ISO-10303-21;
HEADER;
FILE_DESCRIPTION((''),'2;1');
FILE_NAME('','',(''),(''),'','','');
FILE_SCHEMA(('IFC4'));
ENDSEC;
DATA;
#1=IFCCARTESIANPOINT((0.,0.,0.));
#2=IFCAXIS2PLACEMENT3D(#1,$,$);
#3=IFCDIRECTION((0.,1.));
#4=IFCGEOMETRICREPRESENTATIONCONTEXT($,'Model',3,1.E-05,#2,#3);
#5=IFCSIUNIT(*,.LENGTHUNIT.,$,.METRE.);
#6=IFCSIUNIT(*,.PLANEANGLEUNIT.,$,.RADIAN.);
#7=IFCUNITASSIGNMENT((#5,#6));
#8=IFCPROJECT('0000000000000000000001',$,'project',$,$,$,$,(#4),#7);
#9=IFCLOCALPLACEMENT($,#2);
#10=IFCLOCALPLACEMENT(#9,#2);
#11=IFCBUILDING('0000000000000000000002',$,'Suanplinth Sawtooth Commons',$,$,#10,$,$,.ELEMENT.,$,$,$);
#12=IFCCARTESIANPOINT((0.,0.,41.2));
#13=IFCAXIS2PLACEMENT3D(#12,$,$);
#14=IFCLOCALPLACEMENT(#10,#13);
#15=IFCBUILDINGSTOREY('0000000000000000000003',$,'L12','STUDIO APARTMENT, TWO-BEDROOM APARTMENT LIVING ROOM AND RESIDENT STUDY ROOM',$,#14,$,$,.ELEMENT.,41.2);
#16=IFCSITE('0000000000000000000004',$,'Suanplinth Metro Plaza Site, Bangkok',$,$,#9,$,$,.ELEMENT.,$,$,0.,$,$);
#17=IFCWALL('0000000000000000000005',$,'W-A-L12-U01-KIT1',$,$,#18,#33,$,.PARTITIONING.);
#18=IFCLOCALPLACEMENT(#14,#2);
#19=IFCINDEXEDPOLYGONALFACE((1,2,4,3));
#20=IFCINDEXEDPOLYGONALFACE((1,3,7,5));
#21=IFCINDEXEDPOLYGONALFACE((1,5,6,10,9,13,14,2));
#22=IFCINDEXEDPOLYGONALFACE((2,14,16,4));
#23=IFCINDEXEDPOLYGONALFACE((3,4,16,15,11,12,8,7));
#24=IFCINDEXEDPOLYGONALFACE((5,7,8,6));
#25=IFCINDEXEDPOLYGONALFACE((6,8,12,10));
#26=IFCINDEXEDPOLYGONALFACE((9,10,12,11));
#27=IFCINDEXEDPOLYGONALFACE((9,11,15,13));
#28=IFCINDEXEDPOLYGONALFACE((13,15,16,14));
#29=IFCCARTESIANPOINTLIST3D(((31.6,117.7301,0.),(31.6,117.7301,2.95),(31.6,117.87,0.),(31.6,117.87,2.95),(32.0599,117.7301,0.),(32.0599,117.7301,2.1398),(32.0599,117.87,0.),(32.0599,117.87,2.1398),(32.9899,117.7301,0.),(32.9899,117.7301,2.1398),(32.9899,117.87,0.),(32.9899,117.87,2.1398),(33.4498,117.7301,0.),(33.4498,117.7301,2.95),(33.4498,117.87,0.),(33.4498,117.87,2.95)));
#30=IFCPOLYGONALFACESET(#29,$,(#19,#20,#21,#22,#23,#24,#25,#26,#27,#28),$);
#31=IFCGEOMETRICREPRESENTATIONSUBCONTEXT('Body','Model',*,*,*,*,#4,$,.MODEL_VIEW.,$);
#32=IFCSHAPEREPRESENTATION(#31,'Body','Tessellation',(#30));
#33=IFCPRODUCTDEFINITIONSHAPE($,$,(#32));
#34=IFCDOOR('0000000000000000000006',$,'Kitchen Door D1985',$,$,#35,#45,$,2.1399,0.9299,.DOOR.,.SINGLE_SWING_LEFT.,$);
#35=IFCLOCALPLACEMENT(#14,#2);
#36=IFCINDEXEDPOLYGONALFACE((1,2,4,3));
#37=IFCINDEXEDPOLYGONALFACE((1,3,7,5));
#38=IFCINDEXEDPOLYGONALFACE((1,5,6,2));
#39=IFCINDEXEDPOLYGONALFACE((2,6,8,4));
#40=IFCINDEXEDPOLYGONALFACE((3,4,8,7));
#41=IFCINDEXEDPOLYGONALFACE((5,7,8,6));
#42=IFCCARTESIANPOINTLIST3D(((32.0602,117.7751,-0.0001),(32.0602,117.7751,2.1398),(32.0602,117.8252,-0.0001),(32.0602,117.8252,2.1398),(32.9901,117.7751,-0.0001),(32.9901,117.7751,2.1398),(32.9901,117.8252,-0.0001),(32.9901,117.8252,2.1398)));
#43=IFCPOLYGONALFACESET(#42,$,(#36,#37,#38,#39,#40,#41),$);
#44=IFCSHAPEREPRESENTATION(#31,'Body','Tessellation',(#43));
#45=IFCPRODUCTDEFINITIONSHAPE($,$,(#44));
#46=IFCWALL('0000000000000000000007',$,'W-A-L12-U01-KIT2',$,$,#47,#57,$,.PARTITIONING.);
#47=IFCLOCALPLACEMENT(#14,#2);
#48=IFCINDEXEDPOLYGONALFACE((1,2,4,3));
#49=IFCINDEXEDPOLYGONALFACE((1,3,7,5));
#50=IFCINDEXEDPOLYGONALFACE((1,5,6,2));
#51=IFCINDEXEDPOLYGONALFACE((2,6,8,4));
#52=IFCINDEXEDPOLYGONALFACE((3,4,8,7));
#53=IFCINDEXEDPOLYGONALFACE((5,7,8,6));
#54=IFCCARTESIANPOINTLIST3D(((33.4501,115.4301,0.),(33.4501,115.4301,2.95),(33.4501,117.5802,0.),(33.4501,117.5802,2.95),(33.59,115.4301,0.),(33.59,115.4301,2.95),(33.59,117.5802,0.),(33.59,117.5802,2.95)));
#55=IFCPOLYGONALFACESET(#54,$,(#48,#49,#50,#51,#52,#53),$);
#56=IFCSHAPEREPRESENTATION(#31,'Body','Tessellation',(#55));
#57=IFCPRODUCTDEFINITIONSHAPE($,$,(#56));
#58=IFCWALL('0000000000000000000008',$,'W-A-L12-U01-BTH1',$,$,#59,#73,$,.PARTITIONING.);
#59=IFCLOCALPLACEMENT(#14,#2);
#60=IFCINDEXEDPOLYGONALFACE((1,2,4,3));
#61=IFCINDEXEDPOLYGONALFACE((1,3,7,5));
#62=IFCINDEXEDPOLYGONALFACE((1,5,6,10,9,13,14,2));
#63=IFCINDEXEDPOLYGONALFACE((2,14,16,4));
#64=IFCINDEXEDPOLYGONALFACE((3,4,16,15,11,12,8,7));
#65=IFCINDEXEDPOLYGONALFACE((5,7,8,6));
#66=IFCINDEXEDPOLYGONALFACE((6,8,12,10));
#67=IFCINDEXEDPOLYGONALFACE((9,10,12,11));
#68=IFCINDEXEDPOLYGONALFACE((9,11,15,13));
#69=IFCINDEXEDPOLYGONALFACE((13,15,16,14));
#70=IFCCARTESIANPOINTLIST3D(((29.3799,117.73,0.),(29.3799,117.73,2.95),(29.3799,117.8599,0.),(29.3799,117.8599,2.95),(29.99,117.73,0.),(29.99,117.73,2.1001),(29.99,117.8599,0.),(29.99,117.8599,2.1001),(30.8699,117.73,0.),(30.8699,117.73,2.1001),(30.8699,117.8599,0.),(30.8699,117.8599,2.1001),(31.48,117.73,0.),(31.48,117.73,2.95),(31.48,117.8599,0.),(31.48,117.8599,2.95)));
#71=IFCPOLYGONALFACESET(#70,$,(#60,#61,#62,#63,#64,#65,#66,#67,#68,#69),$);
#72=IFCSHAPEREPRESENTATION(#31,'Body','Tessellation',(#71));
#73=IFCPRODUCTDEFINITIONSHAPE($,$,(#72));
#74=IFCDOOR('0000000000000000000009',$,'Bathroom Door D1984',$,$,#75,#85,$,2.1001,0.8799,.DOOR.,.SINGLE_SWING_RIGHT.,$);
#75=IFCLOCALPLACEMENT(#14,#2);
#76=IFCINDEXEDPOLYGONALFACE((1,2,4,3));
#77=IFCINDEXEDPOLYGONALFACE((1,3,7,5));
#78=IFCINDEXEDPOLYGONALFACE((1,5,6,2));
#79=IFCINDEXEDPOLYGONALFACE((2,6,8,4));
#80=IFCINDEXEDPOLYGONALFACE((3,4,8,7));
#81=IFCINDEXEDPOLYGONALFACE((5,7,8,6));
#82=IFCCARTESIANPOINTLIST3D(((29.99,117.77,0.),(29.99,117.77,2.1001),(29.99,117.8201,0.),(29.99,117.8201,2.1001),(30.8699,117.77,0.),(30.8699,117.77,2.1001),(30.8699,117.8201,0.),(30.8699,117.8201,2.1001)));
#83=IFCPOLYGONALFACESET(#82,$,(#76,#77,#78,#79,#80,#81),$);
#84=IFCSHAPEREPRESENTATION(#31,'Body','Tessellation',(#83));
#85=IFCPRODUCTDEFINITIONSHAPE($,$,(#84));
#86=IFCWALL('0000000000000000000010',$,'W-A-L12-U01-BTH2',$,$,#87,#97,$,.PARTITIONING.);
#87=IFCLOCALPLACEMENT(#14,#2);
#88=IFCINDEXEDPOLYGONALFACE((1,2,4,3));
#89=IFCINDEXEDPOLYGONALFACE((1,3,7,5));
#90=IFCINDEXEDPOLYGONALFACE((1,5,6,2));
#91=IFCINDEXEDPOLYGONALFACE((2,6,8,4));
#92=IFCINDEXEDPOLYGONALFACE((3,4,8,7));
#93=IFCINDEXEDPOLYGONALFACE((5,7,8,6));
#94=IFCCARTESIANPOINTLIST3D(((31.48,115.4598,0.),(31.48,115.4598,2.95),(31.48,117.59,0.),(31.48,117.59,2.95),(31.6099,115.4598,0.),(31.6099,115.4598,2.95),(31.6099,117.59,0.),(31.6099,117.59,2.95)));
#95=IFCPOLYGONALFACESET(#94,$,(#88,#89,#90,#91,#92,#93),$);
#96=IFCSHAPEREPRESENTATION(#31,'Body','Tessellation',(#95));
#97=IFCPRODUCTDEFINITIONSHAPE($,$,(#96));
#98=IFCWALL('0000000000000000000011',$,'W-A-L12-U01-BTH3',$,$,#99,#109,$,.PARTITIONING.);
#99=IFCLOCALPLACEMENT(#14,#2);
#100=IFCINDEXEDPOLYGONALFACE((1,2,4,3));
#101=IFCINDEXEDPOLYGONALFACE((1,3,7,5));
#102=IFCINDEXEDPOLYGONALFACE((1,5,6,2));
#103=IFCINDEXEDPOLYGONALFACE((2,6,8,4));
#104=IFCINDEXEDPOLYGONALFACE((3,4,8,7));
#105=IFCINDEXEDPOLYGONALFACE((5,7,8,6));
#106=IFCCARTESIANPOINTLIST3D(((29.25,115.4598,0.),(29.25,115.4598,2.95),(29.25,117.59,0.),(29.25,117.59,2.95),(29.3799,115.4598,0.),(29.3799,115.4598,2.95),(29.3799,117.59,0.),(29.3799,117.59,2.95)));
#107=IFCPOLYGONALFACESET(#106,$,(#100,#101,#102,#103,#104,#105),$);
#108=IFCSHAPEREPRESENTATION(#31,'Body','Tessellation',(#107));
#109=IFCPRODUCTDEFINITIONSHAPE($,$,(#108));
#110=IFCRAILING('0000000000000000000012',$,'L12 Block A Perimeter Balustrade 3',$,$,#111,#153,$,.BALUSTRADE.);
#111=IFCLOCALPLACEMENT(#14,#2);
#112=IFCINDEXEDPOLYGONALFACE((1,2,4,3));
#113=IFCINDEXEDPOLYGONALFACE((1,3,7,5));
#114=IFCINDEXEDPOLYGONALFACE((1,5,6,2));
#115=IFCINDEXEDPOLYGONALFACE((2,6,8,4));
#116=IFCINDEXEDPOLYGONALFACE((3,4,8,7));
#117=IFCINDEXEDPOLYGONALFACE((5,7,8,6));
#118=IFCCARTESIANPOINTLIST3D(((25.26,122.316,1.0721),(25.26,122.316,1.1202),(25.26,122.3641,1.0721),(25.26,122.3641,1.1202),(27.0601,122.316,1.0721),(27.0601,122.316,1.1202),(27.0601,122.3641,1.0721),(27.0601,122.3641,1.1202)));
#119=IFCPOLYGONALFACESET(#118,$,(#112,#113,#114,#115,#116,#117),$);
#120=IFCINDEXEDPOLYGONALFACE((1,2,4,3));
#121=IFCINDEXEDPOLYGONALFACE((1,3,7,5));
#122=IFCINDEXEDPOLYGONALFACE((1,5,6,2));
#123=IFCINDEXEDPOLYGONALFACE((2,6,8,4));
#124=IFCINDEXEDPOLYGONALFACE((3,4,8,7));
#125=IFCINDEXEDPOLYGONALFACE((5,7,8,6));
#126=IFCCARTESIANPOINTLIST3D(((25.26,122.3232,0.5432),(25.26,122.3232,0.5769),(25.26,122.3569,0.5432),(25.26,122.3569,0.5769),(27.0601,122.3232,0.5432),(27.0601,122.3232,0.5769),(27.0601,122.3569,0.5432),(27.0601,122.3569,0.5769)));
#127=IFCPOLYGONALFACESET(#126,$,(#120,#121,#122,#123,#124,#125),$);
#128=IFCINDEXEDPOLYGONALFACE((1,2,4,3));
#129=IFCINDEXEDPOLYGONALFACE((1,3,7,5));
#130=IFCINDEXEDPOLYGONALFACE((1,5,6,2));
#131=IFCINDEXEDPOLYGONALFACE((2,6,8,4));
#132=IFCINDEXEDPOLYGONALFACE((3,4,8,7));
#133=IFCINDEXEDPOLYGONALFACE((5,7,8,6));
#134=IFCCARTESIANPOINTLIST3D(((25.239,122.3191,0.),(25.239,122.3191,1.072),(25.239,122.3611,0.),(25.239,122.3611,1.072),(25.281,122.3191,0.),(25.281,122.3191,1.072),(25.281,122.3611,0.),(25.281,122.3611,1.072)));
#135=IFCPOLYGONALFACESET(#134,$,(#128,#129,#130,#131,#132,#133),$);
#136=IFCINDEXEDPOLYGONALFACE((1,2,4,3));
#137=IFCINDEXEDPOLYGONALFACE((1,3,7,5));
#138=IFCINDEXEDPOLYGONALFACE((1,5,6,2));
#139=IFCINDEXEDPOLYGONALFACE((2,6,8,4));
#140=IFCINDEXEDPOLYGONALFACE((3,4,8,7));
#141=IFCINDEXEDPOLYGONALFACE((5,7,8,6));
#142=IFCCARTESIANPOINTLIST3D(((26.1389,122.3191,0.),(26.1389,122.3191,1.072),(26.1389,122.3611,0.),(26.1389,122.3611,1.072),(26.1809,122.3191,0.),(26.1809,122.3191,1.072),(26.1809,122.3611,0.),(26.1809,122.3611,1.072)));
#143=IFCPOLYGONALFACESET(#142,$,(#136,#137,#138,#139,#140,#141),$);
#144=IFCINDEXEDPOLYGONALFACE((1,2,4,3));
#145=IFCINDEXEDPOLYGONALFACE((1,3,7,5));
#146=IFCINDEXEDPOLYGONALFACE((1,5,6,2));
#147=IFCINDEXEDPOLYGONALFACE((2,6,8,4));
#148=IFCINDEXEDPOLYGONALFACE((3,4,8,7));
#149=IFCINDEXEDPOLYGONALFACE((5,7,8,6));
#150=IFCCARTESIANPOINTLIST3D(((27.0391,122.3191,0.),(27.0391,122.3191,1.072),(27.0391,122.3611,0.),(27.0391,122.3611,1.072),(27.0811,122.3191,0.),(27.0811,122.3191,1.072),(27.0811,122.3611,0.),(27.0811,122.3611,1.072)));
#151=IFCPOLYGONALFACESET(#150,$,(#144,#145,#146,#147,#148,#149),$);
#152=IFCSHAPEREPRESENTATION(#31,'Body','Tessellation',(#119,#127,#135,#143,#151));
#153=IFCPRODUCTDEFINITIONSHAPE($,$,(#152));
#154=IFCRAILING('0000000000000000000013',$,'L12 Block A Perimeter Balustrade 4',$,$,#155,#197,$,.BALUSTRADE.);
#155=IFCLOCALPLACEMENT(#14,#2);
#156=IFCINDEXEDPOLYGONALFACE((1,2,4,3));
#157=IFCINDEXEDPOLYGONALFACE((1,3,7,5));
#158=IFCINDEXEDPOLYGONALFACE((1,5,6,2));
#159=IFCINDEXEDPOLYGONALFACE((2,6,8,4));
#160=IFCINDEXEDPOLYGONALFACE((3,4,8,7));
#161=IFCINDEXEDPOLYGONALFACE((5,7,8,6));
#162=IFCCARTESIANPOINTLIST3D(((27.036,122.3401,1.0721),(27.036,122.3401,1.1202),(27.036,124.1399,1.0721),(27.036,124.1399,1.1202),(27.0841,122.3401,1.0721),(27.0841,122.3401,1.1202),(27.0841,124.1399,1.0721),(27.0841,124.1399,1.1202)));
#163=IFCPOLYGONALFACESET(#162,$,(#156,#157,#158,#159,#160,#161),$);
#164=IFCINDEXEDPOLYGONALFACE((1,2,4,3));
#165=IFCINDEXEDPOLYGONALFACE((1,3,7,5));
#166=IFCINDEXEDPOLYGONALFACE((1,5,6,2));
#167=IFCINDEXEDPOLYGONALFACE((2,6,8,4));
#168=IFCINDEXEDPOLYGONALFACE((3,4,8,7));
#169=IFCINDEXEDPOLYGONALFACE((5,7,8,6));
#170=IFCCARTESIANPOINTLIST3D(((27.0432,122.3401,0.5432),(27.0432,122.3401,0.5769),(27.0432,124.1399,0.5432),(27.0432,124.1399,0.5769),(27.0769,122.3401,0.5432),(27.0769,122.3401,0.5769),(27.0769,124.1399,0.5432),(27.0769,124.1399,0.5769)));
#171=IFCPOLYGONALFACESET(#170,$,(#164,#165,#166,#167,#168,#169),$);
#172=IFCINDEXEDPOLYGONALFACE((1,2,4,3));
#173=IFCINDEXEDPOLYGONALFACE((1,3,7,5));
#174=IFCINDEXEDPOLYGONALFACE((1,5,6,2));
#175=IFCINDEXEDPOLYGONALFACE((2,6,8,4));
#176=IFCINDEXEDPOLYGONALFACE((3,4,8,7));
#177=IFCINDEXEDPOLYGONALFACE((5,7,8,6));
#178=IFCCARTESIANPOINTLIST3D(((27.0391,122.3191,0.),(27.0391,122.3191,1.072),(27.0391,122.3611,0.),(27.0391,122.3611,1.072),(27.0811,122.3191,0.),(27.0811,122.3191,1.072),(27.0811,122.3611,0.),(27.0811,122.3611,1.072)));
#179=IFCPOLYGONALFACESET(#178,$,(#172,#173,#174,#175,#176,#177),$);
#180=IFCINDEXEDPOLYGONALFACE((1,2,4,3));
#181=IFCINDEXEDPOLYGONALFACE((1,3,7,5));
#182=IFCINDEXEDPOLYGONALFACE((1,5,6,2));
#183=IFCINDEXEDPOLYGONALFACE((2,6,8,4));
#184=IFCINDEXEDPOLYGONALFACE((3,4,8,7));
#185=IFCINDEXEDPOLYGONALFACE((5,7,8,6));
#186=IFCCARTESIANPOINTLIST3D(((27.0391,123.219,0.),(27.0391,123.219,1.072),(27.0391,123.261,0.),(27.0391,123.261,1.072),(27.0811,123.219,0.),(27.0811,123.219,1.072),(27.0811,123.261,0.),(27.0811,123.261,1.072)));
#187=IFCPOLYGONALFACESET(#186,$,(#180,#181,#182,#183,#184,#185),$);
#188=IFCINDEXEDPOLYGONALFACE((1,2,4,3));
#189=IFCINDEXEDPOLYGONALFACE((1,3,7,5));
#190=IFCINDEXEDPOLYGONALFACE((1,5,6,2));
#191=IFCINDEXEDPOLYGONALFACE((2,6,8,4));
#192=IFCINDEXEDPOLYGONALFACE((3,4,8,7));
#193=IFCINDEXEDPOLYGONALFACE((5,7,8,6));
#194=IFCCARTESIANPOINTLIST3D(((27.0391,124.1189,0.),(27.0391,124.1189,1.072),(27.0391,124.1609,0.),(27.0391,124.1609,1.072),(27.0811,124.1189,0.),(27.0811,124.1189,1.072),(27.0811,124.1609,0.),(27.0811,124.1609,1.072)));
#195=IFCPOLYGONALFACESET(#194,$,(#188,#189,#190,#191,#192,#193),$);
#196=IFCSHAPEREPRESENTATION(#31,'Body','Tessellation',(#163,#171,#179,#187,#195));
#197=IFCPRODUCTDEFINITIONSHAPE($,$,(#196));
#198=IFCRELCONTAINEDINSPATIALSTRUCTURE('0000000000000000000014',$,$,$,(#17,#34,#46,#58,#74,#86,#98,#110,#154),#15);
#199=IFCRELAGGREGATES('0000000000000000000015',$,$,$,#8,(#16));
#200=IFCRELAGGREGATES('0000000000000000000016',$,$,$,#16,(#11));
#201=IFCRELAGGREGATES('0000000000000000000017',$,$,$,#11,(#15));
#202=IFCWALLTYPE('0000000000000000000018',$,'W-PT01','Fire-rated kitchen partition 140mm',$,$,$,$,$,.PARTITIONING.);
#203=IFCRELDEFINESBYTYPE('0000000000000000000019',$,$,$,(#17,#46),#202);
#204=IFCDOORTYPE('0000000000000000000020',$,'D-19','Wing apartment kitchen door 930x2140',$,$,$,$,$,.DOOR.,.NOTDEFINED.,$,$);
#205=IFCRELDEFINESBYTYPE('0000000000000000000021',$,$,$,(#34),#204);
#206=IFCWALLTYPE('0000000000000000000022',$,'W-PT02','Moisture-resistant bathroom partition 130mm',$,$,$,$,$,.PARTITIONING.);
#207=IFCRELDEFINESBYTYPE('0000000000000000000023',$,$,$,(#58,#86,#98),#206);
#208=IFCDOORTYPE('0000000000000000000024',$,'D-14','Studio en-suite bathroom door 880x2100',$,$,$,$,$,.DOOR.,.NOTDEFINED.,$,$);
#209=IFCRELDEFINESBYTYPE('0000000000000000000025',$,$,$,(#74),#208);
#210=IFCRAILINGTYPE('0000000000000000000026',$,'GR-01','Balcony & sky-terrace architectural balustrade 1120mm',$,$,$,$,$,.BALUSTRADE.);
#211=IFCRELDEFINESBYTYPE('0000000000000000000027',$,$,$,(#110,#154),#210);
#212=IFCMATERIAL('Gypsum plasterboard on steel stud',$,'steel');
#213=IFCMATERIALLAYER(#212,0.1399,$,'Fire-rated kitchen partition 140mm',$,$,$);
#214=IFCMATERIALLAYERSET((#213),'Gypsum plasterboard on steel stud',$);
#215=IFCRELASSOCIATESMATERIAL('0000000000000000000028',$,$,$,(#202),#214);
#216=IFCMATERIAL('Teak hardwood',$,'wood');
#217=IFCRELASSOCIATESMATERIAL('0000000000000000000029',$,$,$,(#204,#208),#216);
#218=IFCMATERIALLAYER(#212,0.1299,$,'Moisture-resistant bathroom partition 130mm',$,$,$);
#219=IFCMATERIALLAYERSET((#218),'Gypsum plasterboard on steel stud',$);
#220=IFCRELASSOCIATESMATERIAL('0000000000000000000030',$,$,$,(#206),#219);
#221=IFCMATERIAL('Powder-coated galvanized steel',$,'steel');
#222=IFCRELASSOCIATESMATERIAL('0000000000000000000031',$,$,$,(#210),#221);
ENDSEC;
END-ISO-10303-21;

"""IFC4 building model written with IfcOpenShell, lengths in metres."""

from ifc_helpers import new_model, si_unit, direction, frame, frame_2d, origin, origin_2d, place, context, subcontext, project, spatial, rectangle, extrude, material, layer, layer_set, type_object, element, fill, save


model = new_model("IFC4")

# Units and contexts
model_context = context("Model", 3, precision=1e-05, world=origin(), true_north=direction((0.0, 1.0)))
body_context = subcontext(model_context, "Body", "Model", "MODEL_VIEW")
ifc_project = project(units=[si_unit("LENGTHUNIT", "METRE"), si_unit("PLANEANGLEUNIT", "RADIAN")], contexts=[model_context])

# Site, building, storey
site_placement = place(None, origin())
site = spatial("IfcSite", under=ifc_project, at=site_placement, Name="Suanplinth Metro Plaza Site, Bangkok", CompositionType="ELEMENT", RefElevation=0.0)
building_placement = place(site_placement, origin())
building = spatial("IfcBuilding", under=site, at=building_placement, Name="Suanplinth Sawtooth Commons", CompositionType="ELEMENT")
storey_placement = place(building_placement, frame((0.0, 0.0, 41.2)))
storey = spatial("IfcBuildingStorey", under=building, at=storey_placement, Name="L12", Description="STUDIO APARTMENT, TWO-BEDROOM APARTMENT LIVING ROOM AND RESIDENT STUDY ROOM", CompositionType="ELEMENT", Elevation=41.2)

# Wall, opening, door
ifc_material_1 = material(Name="Gypsum plasterboard on steel stud", Category="steel")
ifc_layer_1 = layer(ifc_material_1, 0.1399, Name="Fire-rated kitchen partition 140mm")
ifc_layer_set_1 = layer_set([ifc_layer_1], Name="Gypsum plasterboard on steel stud")
wall_type_1 = type_object("IfcWallType", Name="W-PT01", Description="Fire-rated kitchen partition 140mm", PredefinedType="PARTITIONING", material=ifc_layer_set_1)
wall_1_placement = place(storey_placement, frame((31.6001, 117.8, 0.0), z_axis=(0.0, 0.0, 1.0), x_axis=(1.0, 0.0, 0.0)))
wall_1 = element("IfcWall", 1, at=wall_1_placement, inside=storey, type_object=wall_type_1, Name="W-A-L12-U01-KIT1", PredefinedType="PARTITIONING", context=body_context, shape_type="SweptSolid", body=[
    extrude(rectangle(XDim=1.8499, YDim=0.1399, at=frame_2d((0.9248, 0.0))), origin(), (0.0, 0.0, 1.0), 2.95),
])
opening_1_placement = place(wall_1_placement, frame((0.46, 0.0, 0.0)))
opening_1 = element("IfcOpeningElement", 2, at=opening_1_placement, cuts=wall_1, PredefinedType="OPENING", context=body_context, shape_type="SweptSolid", body=[
    extrude(rectangle(XDim=0.9299, YDim=2.1399, at=frame_2d((0.4648, 1.0698))), frame((0.0, 0.085, 0.0), z_axis=(0.0, -1.0, 0.0), x_axis=(1.0, 0.0, 0.0)), (0.0, 0.0, 1.0), 0.1697),
])
ifc_material_2 = material(Name="Teak hardwood", Category="wood")
door_type_1 = type_object("IfcDoorType", Name="D-19", Description="Wing apartment kitchen door 930x2140", OperationType="NOTDEFINED", PredefinedType="DOOR", material=ifc_material_2)
door_1_placement = place(opening_1_placement, frame((0.9299, 0.0, 0.0), z_axis=(0.0, 0.0, 1.0), x_axis=(-1.0, 0.0, 0.0)))
door_1 = element("IfcDoor", 3, at=door_1_placement, inside=storey, type_object=door_type_1, Name="Kitchen Door D1985", OperationType="SINGLE_SWING_LEFT", OverallHeight=2.1399, OverallWidth=0.9299, PredefinedType="DOOR", context=body_context, shape_type="SweptSolid", body=[
    extrude(rectangle(XDim=0.9299, YDim=2.1399, at=frame_2d((0.4648, 1.0698))), frame((0.0, 0.0249, 0.0), z_axis=(0.0, -1.0, 0.0), x_axis=(1.0, 0.0, 0.0)), (0.0, 0.0, 1.0), 0.05),
])
fill(opening_1, door_1)

# Wall
wall_2_placement = place(storey_placement, frame((33.52, 115.4299, 0.0), z_axis=(0.0, 0.0, 1.0), x_axis=(0.0, 1.0, 0.0)))
element("IfcWall", 4, at=wall_2_placement, inside=storey, type_object=wall_type_1, Name="W-A-L12-U01-KIT2", PredefinedType="PARTITIONING", context=body_context, shape_type="SweptSolid", body=[
    extrude(rectangle(XDim=2.1501, YDim=0.1399, at=frame_2d((1.0752, 0.0))), origin(), (0.0, 0.0, 1.0), 2.95),
])

# Wall, opening, door
ifc_layer_2 = layer(ifc_material_1, 0.1299, Name="Moisture-resistant bathroom partition 130mm")
ifc_layer_set_2 = layer_set([ifc_layer_2], Name="Gypsum plasterboard on steel stud")
wall_type_2 = type_object("IfcWallType", Name="W-PT02", Description="Moisture-resistant bathroom partition 130mm", PredefinedType="PARTITIONING", material=ifc_layer_set_2)
wall_3_placement = place(storey_placement, frame((29.3799, 117.7949, 0.0), z_axis=(0.0, 0.0, 1.0), x_axis=(1.0, 0.0, 0.0)))
wall_3 = element("IfcWall", 5, at=wall_3_placement, inside=storey, type_object=wall_type_2, Name="W-A-L12-U01-BTH1", PredefinedType="PARTITIONING", context=body_context, shape_type="SweptSolid", body=[
    extrude(rectangle(XDim=2.1001, YDim=0.1299, at=frame_2d((1.05, 0.0))), origin(), (0.0, 0.0, 1.0), 2.95),
])
opening_2_placement = place(wall_3_placement, frame((0.6101, 0.0, 0.0)))
opening_2 = element("IfcOpeningElement", 6, at=opening_2_placement, cuts=wall_3, PredefinedType="OPENING", context=body_context, shape_type="SweptSolid", body=[
    extrude(rectangle(XDim=0.8799, YDim=2.1001, at=frame_2d((0.4399, 1.05))), frame((0.0, 0.0798, 0.0), z_axis=(0.0, -1.0, 0.0), x_axis=(1.0, 0.0, 0.0)), (0.0, 0.0, 1.0), 0.1597),
])
door_type_2 = type_object("IfcDoorType", Name="D-14", Description="Studio en-suite bathroom door 880x2100", OperationType="NOTDEFINED", PredefinedType="DOOR", material=ifc_material_2)
door_2_placement = place(opening_2_placement, frame((0.8799, 0.0, 0.0), z_axis=(0.0, 0.0, 1.0), x_axis=(-1.0, 0.0, 0.0)))
door_2 = element("IfcDoor", 7, at=door_2_placement, inside=storey, type_object=door_type_2, Name="Bathroom Door D1984", OperationType="SINGLE_SWING_RIGHT", OverallHeight=2.1001, OverallWidth=0.8799, PredefinedType="DOOR", context=body_context, shape_type="SweptSolid", body=[
    extrude(rectangle(XDim=0.8799, YDim=2.1001, at=frame_2d((0.4399, 1.05))), frame((0.0, 0.0249, 0.0), z_axis=(0.0, -1.0, 0.0), x_axis=(1.0, 0.0, 0.0)), (0.0, 0.0, 1.0), 0.05),
])
fill(opening_2, door_2)

# Walls
for number, where, z_axis, x_axis, name in (
    (8, (31.5449, 115.46, 0.0), (0.0, 0.0, 1.0), (0.0, 1.0, 0.0), "W-A-L12-U01-BTH2"),
    (9, (29.3149, 115.46, 0.0), (0.0, 0.0, 1.0), (0.0, 1.0, 0.0), "W-A-L12-U01-BTH3"),
):
    element("IfcWall", number, at=place(storey_placement, frame(where, z_axis=z_axis, x_axis=x_axis)), inside=storey, type_object=wall_type_2, Name=name, PredefinedType="PARTITIONING", context=body_context, shape_type="SweptSolid", body=[
        extrude(rectangle(XDim=2.1301, YDim=0.1299, at=frame_2d((1.0649, 0.0))), origin(), (0.0, 0.0, 1.0), 2.95),
    ])

# Railings
ifc_material_3 = material(Name="Powder-coated galvanized steel", Category="steel")
railing_type = type_object("IfcRailingType", Name="GR-01", Description="Balcony & sky-terrace architectural balustrade 1120mm", PredefinedType="BALUSTRADE", material=ifc_material_3)
railing_1_placement = place(storey_placement, frame((25.26, 122.3401, 0.0)))
element("IfcRailing", 10, at=railing_1_placement, inside=storey, type_object=railing_type, Name="L12 Block A Perimeter Balustrade 3", PredefinedType="BALUSTRADE", context=body_context, shape_type="SweptSolid", body=[
    extrude(rectangle(XDim=0.0481, YDim=0.0481, at=origin_2d()), frame((0.0, 0.0, 1.0962), z_axis=(1.0, 0.0, 0.0), x_axis=(0.0, 1.0, 0.0)), (0.0, 0.0, 1.0), 1.8),
    extrude(rectangle(XDim=0.0337, YDim=0.0337, at=origin_2d()), frame((0.0, 0.0, 0.5601), z_axis=(1.0, 0.0, 0.0), x_axis=(0.0, 1.0, 0.0)), (0.0, 0.0, 1.0), 1.8),
    extrude(rectangle(XDim=0.042, YDim=0.042, at=origin_2d()), origin(), (0.0, 0.0, 1.0), 1.072),
    extrude(rectangle(XDim=0.042, YDim=0.042, at=origin_2d()), frame((0.8999, 0.0, 0.0)), (0.0, 0.0, 1.0), 1.072),
    extrude(rectangle(XDim=0.042, YDim=0.042, at=origin_2d()), frame((1.8, 0.0, 0.0)), (0.0, 0.0, 1.0), 1.072),
])
railing_2_placement = place(storey_placement, frame((27.0601, 122.3401, 0.0)))
element("IfcRailing", 11, at=railing_2_placement, inside=storey, type_object=railing_type, Name="L12 Block A Perimeter Balustrade 4", PredefinedType="BALUSTRADE", context=body_context, shape_type="SweptSolid", body=[
    extrude(rectangle(XDim=0.0481, YDim=0.0481, at=origin_2d()), frame((0.0, 0.0, 1.0962), z_axis=(0.0, 1.0, 0.0), x_axis=(-1.0, 0.0, 0.0)), (0.0, 0.0, 1.0), 1.7998),
    extrude(rectangle(XDim=0.0337, YDim=0.0337, at=origin_2d()), frame((0.0, 0.0, 0.5601), z_axis=(0.0, 1.0, 0.0), x_axis=(-1.0, 0.0, 0.0)), (0.0, 0.0, 1.0), 1.7998),
    extrude(rectangle(XDim=0.042, YDim=0.042, at=origin_2d()), origin(), (0.0, 0.0, 1.0), 1.072),
    extrude(rectangle(XDim=0.042, YDim=0.042, at=origin_2d()), frame((0.0, 0.8999, 0.0)), (0.0, 0.0, 1.0), 1.072),
    extrude(rectangle(XDim=0.042, YDim=0.042, at=origin_2d()), frame((0.0, 1.7998, 0.0)), (0.0, 0.0, 1.0), 1.072),
])

save(model, "model.ifc")
